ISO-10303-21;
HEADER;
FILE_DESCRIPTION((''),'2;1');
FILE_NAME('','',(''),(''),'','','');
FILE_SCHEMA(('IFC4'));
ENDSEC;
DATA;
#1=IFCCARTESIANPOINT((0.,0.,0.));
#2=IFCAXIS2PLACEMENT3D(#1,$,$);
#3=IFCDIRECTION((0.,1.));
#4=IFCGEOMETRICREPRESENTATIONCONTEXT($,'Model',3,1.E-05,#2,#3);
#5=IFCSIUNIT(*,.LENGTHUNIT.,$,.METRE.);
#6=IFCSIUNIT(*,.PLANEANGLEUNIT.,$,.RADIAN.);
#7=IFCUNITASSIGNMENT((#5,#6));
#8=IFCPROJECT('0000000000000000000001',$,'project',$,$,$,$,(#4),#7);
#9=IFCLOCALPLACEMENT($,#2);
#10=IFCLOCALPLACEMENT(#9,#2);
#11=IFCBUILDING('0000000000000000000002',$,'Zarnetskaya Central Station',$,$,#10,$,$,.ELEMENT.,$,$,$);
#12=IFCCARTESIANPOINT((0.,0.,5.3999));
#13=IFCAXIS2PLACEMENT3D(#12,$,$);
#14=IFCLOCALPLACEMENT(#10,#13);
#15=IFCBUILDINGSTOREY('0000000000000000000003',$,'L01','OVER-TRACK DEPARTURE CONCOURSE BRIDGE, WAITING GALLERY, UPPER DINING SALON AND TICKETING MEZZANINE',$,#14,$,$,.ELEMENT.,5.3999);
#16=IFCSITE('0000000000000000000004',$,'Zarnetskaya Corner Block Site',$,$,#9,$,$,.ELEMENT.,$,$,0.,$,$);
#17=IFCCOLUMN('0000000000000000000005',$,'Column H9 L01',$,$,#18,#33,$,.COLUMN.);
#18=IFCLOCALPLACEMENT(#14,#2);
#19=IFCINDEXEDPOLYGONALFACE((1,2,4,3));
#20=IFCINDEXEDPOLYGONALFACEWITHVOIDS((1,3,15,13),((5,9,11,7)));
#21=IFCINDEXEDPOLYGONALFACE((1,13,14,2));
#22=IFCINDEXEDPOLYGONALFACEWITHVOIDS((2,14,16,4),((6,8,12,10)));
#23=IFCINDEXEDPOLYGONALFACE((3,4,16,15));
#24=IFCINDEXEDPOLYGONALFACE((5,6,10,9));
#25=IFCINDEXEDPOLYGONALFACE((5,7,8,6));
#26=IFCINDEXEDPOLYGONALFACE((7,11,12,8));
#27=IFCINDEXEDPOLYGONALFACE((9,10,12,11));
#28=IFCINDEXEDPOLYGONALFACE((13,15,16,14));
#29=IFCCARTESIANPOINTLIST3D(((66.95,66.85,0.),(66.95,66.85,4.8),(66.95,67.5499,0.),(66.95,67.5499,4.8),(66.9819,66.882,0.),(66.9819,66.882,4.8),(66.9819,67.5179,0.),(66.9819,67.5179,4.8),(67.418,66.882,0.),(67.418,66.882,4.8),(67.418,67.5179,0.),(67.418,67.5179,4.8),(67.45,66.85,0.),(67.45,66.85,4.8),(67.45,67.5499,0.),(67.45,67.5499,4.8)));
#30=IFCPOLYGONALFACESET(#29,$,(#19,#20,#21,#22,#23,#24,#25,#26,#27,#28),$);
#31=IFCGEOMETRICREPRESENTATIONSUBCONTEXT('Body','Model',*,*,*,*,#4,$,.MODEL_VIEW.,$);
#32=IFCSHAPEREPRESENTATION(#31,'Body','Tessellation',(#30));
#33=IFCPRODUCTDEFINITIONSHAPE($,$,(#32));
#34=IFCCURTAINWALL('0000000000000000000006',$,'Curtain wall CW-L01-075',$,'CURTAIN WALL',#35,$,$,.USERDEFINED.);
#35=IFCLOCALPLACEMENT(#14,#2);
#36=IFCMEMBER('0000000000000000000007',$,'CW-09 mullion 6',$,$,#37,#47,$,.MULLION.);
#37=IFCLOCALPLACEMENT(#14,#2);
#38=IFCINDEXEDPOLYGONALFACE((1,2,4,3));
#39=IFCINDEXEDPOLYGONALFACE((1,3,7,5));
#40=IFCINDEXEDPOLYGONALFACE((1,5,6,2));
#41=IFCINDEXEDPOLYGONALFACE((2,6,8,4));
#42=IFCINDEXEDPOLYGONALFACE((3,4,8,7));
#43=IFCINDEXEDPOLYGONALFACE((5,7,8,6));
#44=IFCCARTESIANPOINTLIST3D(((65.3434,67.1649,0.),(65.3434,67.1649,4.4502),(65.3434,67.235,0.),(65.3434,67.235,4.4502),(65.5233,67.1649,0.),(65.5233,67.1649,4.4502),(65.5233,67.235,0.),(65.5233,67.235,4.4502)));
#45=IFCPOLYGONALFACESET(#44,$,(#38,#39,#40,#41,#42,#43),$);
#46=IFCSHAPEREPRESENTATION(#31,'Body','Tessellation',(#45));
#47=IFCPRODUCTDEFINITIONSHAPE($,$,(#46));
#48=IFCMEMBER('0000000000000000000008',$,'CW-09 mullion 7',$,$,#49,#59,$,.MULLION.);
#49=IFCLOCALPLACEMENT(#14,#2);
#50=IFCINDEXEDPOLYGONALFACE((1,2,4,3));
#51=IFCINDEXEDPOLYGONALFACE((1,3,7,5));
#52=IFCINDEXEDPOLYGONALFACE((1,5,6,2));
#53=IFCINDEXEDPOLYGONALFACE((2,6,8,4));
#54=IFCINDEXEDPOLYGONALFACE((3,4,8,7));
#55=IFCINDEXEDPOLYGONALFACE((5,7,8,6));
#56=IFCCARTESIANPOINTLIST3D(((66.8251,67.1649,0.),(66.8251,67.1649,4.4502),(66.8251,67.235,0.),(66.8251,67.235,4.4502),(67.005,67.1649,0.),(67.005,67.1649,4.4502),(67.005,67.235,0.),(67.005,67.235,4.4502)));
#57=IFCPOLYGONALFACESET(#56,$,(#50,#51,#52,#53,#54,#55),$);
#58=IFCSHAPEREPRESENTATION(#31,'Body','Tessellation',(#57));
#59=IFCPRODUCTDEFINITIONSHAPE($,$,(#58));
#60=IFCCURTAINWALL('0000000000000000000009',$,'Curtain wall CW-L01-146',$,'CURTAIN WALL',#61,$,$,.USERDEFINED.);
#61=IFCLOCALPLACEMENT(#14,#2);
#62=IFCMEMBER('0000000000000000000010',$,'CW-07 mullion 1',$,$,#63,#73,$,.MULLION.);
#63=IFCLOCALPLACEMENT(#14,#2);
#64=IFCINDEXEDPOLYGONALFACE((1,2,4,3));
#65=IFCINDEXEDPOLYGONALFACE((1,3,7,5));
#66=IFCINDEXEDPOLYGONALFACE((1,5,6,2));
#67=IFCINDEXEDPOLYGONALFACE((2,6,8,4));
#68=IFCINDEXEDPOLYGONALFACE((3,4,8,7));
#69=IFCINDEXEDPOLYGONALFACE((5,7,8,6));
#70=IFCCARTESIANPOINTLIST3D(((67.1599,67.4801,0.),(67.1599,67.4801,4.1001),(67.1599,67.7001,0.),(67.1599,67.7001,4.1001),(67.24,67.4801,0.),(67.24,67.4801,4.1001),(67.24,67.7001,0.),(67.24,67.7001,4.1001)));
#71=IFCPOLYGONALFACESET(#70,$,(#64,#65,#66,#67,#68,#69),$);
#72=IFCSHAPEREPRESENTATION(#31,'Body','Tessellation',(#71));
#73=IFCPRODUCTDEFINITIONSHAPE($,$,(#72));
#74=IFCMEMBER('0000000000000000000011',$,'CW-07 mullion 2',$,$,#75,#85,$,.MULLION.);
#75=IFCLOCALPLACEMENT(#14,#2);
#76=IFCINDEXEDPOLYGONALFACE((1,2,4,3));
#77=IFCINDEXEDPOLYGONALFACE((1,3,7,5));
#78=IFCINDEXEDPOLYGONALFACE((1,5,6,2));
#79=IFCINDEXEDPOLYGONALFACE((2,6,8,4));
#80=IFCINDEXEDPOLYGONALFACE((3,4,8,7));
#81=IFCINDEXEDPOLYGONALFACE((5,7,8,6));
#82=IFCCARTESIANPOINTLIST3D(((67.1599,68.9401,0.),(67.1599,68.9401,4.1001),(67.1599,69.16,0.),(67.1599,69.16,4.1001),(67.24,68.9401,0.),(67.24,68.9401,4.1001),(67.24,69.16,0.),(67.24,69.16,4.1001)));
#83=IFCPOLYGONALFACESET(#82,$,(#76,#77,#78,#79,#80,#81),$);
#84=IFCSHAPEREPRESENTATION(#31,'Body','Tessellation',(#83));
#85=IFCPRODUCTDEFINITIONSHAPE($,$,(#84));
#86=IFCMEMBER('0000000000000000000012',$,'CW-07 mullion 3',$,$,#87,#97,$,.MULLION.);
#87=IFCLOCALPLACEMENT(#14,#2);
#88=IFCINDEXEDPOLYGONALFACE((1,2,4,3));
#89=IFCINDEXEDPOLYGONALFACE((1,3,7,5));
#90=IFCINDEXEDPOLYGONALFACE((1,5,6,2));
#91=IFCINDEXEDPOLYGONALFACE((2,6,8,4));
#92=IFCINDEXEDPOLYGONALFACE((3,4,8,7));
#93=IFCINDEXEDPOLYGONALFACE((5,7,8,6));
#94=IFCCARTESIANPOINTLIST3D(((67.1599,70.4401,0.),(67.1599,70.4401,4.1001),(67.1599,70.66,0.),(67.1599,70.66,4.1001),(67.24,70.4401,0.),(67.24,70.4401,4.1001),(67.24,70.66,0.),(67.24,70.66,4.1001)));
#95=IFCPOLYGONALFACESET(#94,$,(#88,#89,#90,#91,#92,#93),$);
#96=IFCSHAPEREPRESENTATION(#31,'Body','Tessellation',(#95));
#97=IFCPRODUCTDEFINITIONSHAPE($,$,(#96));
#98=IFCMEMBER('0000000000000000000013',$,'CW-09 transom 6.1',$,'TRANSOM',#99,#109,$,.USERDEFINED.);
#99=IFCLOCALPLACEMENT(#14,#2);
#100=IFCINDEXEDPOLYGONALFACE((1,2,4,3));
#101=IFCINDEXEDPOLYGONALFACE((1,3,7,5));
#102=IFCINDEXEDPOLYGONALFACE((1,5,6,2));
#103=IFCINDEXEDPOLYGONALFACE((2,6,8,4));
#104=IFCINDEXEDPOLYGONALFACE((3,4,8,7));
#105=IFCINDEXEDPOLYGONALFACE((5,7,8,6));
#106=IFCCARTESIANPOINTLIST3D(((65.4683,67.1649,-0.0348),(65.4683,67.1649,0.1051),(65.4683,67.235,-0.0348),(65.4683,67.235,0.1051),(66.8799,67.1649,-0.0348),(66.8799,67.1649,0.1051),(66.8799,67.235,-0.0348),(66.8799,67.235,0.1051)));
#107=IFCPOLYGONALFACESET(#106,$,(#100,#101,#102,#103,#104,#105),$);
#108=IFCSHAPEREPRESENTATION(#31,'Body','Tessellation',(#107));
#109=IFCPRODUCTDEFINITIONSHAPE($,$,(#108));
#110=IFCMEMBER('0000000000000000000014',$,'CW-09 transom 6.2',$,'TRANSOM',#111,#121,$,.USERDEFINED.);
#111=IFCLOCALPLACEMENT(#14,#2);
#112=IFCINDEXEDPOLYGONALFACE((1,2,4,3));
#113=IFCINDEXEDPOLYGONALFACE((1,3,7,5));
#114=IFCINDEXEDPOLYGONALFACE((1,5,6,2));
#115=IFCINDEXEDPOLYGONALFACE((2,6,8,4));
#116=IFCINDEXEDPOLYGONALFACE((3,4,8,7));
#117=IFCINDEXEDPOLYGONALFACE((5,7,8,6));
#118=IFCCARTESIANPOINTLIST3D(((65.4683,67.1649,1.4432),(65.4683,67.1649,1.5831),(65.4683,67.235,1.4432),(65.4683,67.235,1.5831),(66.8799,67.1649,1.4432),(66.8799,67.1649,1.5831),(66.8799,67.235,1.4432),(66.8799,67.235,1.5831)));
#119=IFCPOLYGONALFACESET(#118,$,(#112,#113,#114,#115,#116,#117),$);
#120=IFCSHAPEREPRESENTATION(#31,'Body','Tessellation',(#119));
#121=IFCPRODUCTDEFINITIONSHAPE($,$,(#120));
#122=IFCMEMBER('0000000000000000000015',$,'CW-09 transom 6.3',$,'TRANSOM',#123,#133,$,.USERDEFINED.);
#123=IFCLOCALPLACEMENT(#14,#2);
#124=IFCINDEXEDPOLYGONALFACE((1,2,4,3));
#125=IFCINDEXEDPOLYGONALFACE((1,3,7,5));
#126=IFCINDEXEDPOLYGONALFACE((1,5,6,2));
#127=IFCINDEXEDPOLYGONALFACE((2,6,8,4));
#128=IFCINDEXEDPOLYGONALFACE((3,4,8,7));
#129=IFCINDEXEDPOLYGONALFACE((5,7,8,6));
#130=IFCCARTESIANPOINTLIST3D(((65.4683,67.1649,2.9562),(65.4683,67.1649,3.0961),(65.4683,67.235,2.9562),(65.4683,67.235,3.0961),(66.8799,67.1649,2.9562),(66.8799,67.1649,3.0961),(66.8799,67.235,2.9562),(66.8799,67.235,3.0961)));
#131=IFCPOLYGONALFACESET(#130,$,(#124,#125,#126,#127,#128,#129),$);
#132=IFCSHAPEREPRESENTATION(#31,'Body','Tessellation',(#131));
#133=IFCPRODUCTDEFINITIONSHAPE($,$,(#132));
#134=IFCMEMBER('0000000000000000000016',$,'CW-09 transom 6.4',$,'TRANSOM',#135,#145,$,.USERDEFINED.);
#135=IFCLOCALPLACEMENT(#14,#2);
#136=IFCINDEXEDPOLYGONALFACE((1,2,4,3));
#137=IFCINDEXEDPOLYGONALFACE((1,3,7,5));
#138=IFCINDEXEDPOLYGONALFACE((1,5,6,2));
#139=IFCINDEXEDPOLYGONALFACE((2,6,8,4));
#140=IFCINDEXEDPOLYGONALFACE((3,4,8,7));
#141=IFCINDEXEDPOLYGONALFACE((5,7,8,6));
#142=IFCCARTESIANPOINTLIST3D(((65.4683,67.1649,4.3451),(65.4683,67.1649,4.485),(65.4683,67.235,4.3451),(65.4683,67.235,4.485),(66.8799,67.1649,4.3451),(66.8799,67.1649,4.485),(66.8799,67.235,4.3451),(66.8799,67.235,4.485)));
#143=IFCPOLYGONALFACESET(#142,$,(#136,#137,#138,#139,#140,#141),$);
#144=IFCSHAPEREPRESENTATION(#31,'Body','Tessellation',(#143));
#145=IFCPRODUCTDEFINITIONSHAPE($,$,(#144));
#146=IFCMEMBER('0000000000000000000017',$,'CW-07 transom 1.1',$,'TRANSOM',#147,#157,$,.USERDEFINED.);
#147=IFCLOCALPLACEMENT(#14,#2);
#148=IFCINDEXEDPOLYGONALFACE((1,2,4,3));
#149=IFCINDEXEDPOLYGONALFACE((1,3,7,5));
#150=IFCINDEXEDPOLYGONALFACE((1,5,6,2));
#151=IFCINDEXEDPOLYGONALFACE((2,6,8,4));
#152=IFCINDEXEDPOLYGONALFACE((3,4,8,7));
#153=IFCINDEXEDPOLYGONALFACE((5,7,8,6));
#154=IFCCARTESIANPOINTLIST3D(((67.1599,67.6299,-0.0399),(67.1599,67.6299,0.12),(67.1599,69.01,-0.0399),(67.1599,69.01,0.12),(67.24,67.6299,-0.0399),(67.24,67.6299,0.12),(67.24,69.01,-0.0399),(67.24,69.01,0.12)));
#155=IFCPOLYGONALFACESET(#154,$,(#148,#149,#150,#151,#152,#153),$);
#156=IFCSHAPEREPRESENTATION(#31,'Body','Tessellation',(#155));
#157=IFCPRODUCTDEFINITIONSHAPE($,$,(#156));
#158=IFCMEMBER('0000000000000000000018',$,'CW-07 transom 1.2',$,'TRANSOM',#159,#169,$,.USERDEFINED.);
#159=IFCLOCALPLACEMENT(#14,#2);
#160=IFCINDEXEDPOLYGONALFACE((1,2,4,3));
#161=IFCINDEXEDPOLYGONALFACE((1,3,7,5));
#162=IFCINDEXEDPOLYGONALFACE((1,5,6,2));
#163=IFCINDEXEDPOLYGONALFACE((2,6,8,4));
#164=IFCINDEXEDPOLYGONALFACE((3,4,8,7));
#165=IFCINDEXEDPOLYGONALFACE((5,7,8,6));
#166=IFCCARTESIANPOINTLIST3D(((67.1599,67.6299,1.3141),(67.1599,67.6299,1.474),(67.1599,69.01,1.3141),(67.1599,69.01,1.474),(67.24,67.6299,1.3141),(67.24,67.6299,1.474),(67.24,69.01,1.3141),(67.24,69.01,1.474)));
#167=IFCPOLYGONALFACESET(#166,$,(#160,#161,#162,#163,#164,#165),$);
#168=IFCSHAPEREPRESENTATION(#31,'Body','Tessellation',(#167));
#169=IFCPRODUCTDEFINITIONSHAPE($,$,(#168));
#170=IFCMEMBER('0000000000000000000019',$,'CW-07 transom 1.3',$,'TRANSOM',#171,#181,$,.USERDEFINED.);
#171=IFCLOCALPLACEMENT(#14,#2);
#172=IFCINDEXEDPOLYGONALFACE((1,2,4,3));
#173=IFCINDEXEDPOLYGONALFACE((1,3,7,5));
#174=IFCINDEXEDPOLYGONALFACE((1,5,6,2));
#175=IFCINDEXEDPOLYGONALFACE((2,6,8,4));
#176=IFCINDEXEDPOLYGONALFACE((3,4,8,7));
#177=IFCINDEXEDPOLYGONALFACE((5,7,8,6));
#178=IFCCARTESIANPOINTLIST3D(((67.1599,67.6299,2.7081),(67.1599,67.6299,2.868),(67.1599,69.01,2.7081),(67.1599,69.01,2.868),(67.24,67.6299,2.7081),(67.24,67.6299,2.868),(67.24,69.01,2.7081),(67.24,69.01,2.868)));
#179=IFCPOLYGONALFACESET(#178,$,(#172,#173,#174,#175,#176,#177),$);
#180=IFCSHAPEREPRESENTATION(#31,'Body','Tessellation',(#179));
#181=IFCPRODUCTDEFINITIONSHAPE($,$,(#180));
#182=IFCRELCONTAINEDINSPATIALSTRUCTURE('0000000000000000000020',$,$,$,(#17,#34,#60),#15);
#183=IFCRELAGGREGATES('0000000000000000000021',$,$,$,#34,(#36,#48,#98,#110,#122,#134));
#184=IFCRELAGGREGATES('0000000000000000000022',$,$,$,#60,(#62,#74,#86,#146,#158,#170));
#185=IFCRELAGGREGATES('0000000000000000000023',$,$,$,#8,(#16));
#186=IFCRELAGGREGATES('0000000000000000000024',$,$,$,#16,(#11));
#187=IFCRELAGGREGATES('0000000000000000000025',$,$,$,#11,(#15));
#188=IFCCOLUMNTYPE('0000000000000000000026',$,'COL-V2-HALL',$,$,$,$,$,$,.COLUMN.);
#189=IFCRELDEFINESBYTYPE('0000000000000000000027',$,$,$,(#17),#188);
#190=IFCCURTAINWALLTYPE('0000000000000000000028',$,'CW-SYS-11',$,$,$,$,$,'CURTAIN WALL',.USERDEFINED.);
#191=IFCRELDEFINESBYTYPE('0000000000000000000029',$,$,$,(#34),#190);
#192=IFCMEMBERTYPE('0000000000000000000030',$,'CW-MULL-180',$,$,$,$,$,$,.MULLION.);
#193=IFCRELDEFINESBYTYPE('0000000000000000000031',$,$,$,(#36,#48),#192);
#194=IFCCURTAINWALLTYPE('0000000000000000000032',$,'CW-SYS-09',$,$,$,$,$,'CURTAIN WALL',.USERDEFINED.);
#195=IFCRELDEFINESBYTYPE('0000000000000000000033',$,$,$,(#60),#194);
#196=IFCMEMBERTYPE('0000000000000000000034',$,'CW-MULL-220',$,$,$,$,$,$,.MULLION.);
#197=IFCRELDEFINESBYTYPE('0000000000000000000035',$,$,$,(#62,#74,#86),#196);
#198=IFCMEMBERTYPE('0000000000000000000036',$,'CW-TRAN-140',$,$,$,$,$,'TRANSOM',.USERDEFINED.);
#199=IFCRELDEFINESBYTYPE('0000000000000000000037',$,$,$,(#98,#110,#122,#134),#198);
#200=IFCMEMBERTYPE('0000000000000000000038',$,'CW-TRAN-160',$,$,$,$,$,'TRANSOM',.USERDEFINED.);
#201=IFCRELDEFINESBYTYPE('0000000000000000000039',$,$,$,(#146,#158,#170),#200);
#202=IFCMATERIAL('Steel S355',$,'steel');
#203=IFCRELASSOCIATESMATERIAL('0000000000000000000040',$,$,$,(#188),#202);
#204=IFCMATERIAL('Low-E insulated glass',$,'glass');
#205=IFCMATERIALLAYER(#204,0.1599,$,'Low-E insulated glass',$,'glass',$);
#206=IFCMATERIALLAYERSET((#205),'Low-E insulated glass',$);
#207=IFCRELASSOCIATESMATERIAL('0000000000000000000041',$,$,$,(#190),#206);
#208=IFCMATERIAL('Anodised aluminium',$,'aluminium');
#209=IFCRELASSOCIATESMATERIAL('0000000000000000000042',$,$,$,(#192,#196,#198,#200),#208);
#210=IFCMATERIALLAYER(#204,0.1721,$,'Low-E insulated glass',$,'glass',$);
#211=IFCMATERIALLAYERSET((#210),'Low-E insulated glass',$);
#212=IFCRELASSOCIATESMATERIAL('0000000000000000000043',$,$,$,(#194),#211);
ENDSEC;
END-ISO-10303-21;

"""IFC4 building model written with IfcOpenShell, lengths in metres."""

from ifc_helpers import new_model, si_unit, direction, frame, origin, origin_2d, place, context, subcontext, project, spatial, rectangle, hollow_rectangle, extrude, material, layer, layer_set, material_profile, profile_set, type_object, element, aggregate, save


model = new_model("IFC4")

# Units and contexts
model_context = context("Model", 3, precision=1e-05, world=origin(), true_north=direction((0.0, 1.0)))
body_context = subcontext(model_context, "Body", "Model", "MODEL_VIEW")
ifc_project = project(units=[si_unit("LENGTHUNIT", "METRE"), si_unit("PLANEANGLEUNIT", "RADIAN")], contexts=[model_context])

# Site, building, storey
site_placement = place(None, origin())
site = spatial("IfcSite", under=ifc_project, at=site_placement, Name="Zarnetskaya Corner Block Site", CompositionType="ELEMENT", RefElevation=0.0)
building_placement = place(site_placement, origin())
building = spatial("IfcBuilding", under=site, at=building_placement, Name="Zarnetskaya Central Station", CompositionType="ELEMENT")
storey_placement = place(building_placement, frame((0.0, 0.0, 5.3999)))
storey = spatial("IfcBuildingStorey", under=building, at=storey_placement, Name="L01", Description="OVER-TRACK DEPARTURE CONCOURSE BRIDGE, WAITING GALLERY, UPPER DINING SALON AND TICKETING MEZZANINE", CompositionType="ELEMENT", Elevation=5.3999)

# Column
ifc_material_1 = material(Name="Steel S355", Category="steel")
ifc_material_profile_1 = material_profile(ifc_material_1, hollow_rectangle(XDim=0.5, YDim=0.7, WallThickness=0.032, at=origin_2d()), Name="BOX 700x500x32")
ifc_profile_set_1 = profile_set([ifc_material_profile_1], Name="Steel S355")
column_type = type_object("IfcColumnType", Name="COL-V2-HALL", PredefinedType="COLUMN", material=ifc_profile_set_1)
column_placement = place(storey_placement, frame((67.2, 67.2, 0.0), z_axis=(0.0, 0.0, 1.0), x_axis=(1.0, 0.0, 0.0)))
element("IfcColumn", 1, at=column_placement, inside=storey, type_object=column_type, Name="Column H9 L01", PredefinedType="COLUMN", context=body_context, shape_type="SweptSolid", body=[
    extrude(hollow_rectangle(XDim=0.5, YDim=0.7, WallThickness=0.032, at=origin_2d()), origin(), (0.0, 0.0, 1.0), 4.8),
])

# Curtain walls, members
ifc_material_2 = material(Name="Low-E insulated glass", Category="glass")
ifc_layer_1 = layer(ifc_material_2, 0.1599, Name="Low-E insulated glass", Category="glass")
ifc_layer_set_1 = layer_set([ifc_layer_1], Name="Low-E insulated glass")
curtain_wall_type_1 = type_object("IfcCurtainWallType", Name="CW-SYS-11", ElementType="CURTAIN WALL", PredefinedType="USERDEFINED", material=ifc_layer_set_1)
curtain_wall_1_placement = place(storey_placement, origin())
curtain_wall_1 = element("IfcCurtainWall", 2, at=curtain_wall_1_placement, inside=storey, type_object=curtain_wall_type_1, Name="Curtain wall CW-L01-075", ObjectType="CURTAIN WALL", PredefinedType="USERDEFINED")
ifc_material_3 = material(Name="Anodised aluminium", Category="aluminium")
ifc_material_profile_2 = material_profile(ifc_material_3, rectangle(XDim=0.0701, YDim=0.1799, at=origin_2d()), Name="ALU MULL 70x180")
ifc_profile_set_2 = profile_set([ifc_material_profile_2], Name="Anodised aluminium")
member_type_1 = type_object("IfcMemberType", Name="CW-MULL-180", PredefinedType="MULLION", material=ifc_profile_set_2)
member_1_placement = place(storey_placement, frame((65.4333, 67.2, 0.0), z_axis=(0.0, 0.0, 1.0), x_axis=(0.0, 1.0, 0.0)))
member_1 = element("IfcMember", 3, at=member_1_placement, type_object=member_type_1, Name="CW-09 mullion 6", PredefinedType="MULLION", context=body_context, shape_type="SweptSolid", body=[
    extrude(rectangle(XDim=0.0701, YDim=0.1799, at=origin_2d()), origin(), (0.0, 0.0, 1.0), 4.4502),
])
member_2_placement = place(storey_placement, frame((66.915, 67.2, 0.0), z_axis=(0.0, 0.0, 1.0), x_axis=(0.0, 1.0, 0.0)))
member_2 = element("IfcMember", 4, at=member_2_placement, type_object=member_type_1, Name="CW-09 mullion 7", PredefinedType="MULLION", context=body_context, shape_type="SweptSolid", body=[
    extrude(rectangle(XDim=0.0701, YDim=0.1799, at=origin_2d()), origin(), (0.0, 0.0, 1.0), 4.4502),
])
ifc_layer_2 = layer(ifc_material_2, 0.1721, Name="Low-E insulated glass", Category="glass")
ifc_layer_set_2 = layer_set([ifc_layer_2], Name="Low-E insulated glass")
curtain_wall_type_2 = type_object("IfcCurtainWallType", Name="CW-SYS-09", ElementType="CURTAIN WALL", PredefinedType="USERDEFINED", material=ifc_layer_set_2)
curtain_wall_2_placement = place(storey_placement, origin())
curtain_wall_2 = element("IfcCurtainWall", 5, at=curtain_wall_2_placement, inside=storey, type_object=curtain_wall_type_2, Name="Curtain wall CW-L01-146", ObjectType="CURTAIN WALL", PredefinedType="USERDEFINED")
ifc_material_profile_3 = material_profile(ifc_material_3, rectangle(XDim=0.0801, YDim=0.22, at=origin_2d()), Name="ALU MULL 80x220")
ifc_profile_set_3 = profile_set([ifc_material_profile_3], Name="Anodised aluminium")
member_type_2 = type_object("IfcMemberType", Name="CW-MULL-220", PredefinedType="MULLION", material=ifc_profile_set_3)
member_3_placement = place(storey_placement, frame((67.2, 67.5901, 0.0), z_axis=(0.0, 0.0, 1.0), x_axis=(-1.0, 0.0, 0.0)))
member_3 = element("IfcMember", 6, at=member_3_placement, type_object=member_type_2, Name="CW-07 mullion 1", PredefinedType="MULLION", context=body_context, shape_type="SweptSolid", body=[
    extrude(rectangle(XDim=0.0801, YDim=0.22, at=origin_2d()), origin(), (0.0, 0.0, 1.0), 4.1001),
])
member_4_placement = place(storey_placement, frame((67.2, 69.05, 0.0), z_axis=(0.0, 0.0, 1.0), x_axis=(-1.0, 0.0, 0.0)))
member_4 = element("IfcMember", 7, at=member_4_placement, type_object=member_type_2, Name="CW-07 mullion 2", PredefinedType="MULLION", context=body_context, shape_type="SweptSolid", body=[
    extrude(rectangle(XDim=0.0801, YDim=0.22, at=origin_2d()), origin(), (0.0, 0.0, 1.0), 4.1001),
])
member_5_placement = place(storey_placement, frame((67.2, 70.55, 0.0), z_axis=(0.0, 0.0, 1.0), x_axis=(-1.0, 0.0, 0.0)))
member_5 = element("IfcMember", 8, at=member_5_placement, type_object=member_type_2, Name="CW-07 mullion 3", PredefinedType="MULLION", context=body_context, shape_type="SweptSolid", body=[
    extrude(rectangle(XDim=0.0801, YDim=0.22, at=origin_2d()), origin(), (0.0, 0.0, 1.0), 4.1001),
])

# Members
ifc_material_profile_4 = material_profile(ifc_material_3, rectangle(XDim=0.0701, YDim=0.1399, at=origin_2d()), Name="ALU TRAN 70x140")
ifc_profile_set_4 = profile_set([ifc_material_profile_4], Name="Anodised aluminium")
member_type_3 = type_object("IfcMemberType", Name="CW-TRAN-140", ElementType="TRANSOM", PredefinedType="USERDEFINED", material=ifc_profile_set_4)
member_6_placement = place(storey_placement, frame((65.4683, 67.2, 0.0352), z_axis=(1.0, 0.0, 0.0), x_axis=(0.0, 1.0, 0.0)))
member_6 = element("IfcMember", 9, at=member_6_placement, type_object=member_type_3, Name="CW-09 transom 6.1", ObjectType="TRANSOM", PredefinedType="USERDEFINED", context=body_context, shape_type="SweptSolid", body=[
    extrude(rectangle(XDim=0.0701, YDim=0.1399, at=origin_2d()), origin(), (0.0, 0.0, 1.0), 1.4116),
])
member_7_placement = place(storey_placement, frame((65.4683, 67.2, 1.5132), z_axis=(1.0, 0.0, 0.0), x_axis=(0.0, 1.0, 0.0)))
member_7 = element("IfcMember", 10, at=member_7_placement, type_object=member_type_3, Name="CW-09 transom 6.2", ObjectType="TRANSOM", PredefinedType="USERDEFINED", context=body_context, shape_type="SweptSolid", body=[
    extrude(rectangle(XDim=0.0701, YDim=0.1399, at=origin_2d()), origin(), (0.0, 0.0, 1.0), 1.4116),
])
member_8_placement = place(storey_placement, frame((65.4683, 67.2, 3.0261), z_axis=(1.0, 0.0, 0.0), x_axis=(0.0, 1.0, 0.0)))
member_8 = element("IfcMember", 11, at=member_8_placement, type_object=member_type_3, Name="CW-09 transom 6.3", ObjectType="TRANSOM", PredefinedType="USERDEFINED", context=body_context, shape_type="SweptSolid", body=[
    extrude(rectangle(XDim=0.0701, YDim=0.1399, at=origin_2d()), origin(), (0.0, 0.0, 1.0), 1.4116),
])
member_9_placement = place(storey_placement, frame((65.4683, 67.2, 4.415), z_axis=(1.0, 0.0, 0.0), x_axis=(0.0, 1.0, 0.0)))
member_9 = element("IfcMember", 12, at=member_9_placement, type_object=member_type_3, Name="CW-09 transom 6.4", ObjectType="TRANSOM", PredefinedType="USERDEFINED", context=body_context, shape_type="SweptSolid", body=[
    extrude(rectangle(XDim=0.0701, YDim=0.1399, at=origin_2d()), origin(), (0.0, 0.0, 1.0), 1.4116),
])
ifc_material_profile_5 = material_profile(ifc_material_3, rectangle(XDim=0.0801, YDim=0.1599, at=origin_2d()), Name="ALU TRAN 80x160")
ifc_profile_set_5 = profile_set([ifc_material_profile_5], Name="Anodised aluminium")
member_type_4 = type_object("IfcMemberType", Name="CW-TRAN-160", ElementType="TRANSOM", PredefinedType="USERDEFINED", material=ifc_profile_set_5)
member_10_placement = place(storey_placement, frame((67.2, 67.6299, 0.04), z_axis=(0.0, 1.0, 0.0), x_axis=(-1.0, 0.0, 0.0)))
member_10 = element("IfcMember", 13, at=member_10_placement, type_object=member_type_4, Name="CW-07 transom 1.1", ObjectType="TRANSOM", PredefinedType="USERDEFINED", context=body_context, shape_type="SweptSolid", body=[
    extrude(rectangle(XDim=0.0801, YDim=0.1599, at=origin_2d()), origin(), (0.0, 0.0, 1.0), 1.3801),
])
member_11_placement = place(storey_placement, frame((67.2, 67.6299, 1.394), z_axis=(0.0, 1.0, 0.0), x_axis=(-1.0, 0.0, 0.0)))
member_11 = element("IfcMember", 14, at=member_11_placement, type_object=member_type_4, Name="CW-07 transom 1.2", ObjectType="TRANSOM", PredefinedType="USERDEFINED", context=body_context, shape_type="SweptSolid", body=[
    extrude(rectangle(XDim=0.0801, YDim=0.1599, at=origin_2d()), origin(), (0.0, 0.0, 1.0), 1.3801),
])
member_12_placement = place(storey_placement, frame((67.2, 67.6299, 2.7881), z_axis=(0.0, 1.0, 0.0), x_axis=(-1.0, 0.0, 0.0)))
member_12 = element("IfcMember", 15, at=member_12_placement, type_object=member_type_4, Name="CW-07 transom 1.3", ObjectType="TRANSOM", PredefinedType="USERDEFINED", context=body_context, shape_type="SweptSolid", body=[
    extrude(rectangle(XDim=0.0801, YDim=0.1599, at=origin_2d()), origin(), (0.0, 0.0, 1.0), 1.3801),
])

aggregate(curtain_wall_1, [member_1, member_2, member_6, member_7, member_8, member_9])
aggregate(curtain_wall_2, [member_3, member_4, member_5, member_10, member_11, member_12])

save(model, "model.ifc")
